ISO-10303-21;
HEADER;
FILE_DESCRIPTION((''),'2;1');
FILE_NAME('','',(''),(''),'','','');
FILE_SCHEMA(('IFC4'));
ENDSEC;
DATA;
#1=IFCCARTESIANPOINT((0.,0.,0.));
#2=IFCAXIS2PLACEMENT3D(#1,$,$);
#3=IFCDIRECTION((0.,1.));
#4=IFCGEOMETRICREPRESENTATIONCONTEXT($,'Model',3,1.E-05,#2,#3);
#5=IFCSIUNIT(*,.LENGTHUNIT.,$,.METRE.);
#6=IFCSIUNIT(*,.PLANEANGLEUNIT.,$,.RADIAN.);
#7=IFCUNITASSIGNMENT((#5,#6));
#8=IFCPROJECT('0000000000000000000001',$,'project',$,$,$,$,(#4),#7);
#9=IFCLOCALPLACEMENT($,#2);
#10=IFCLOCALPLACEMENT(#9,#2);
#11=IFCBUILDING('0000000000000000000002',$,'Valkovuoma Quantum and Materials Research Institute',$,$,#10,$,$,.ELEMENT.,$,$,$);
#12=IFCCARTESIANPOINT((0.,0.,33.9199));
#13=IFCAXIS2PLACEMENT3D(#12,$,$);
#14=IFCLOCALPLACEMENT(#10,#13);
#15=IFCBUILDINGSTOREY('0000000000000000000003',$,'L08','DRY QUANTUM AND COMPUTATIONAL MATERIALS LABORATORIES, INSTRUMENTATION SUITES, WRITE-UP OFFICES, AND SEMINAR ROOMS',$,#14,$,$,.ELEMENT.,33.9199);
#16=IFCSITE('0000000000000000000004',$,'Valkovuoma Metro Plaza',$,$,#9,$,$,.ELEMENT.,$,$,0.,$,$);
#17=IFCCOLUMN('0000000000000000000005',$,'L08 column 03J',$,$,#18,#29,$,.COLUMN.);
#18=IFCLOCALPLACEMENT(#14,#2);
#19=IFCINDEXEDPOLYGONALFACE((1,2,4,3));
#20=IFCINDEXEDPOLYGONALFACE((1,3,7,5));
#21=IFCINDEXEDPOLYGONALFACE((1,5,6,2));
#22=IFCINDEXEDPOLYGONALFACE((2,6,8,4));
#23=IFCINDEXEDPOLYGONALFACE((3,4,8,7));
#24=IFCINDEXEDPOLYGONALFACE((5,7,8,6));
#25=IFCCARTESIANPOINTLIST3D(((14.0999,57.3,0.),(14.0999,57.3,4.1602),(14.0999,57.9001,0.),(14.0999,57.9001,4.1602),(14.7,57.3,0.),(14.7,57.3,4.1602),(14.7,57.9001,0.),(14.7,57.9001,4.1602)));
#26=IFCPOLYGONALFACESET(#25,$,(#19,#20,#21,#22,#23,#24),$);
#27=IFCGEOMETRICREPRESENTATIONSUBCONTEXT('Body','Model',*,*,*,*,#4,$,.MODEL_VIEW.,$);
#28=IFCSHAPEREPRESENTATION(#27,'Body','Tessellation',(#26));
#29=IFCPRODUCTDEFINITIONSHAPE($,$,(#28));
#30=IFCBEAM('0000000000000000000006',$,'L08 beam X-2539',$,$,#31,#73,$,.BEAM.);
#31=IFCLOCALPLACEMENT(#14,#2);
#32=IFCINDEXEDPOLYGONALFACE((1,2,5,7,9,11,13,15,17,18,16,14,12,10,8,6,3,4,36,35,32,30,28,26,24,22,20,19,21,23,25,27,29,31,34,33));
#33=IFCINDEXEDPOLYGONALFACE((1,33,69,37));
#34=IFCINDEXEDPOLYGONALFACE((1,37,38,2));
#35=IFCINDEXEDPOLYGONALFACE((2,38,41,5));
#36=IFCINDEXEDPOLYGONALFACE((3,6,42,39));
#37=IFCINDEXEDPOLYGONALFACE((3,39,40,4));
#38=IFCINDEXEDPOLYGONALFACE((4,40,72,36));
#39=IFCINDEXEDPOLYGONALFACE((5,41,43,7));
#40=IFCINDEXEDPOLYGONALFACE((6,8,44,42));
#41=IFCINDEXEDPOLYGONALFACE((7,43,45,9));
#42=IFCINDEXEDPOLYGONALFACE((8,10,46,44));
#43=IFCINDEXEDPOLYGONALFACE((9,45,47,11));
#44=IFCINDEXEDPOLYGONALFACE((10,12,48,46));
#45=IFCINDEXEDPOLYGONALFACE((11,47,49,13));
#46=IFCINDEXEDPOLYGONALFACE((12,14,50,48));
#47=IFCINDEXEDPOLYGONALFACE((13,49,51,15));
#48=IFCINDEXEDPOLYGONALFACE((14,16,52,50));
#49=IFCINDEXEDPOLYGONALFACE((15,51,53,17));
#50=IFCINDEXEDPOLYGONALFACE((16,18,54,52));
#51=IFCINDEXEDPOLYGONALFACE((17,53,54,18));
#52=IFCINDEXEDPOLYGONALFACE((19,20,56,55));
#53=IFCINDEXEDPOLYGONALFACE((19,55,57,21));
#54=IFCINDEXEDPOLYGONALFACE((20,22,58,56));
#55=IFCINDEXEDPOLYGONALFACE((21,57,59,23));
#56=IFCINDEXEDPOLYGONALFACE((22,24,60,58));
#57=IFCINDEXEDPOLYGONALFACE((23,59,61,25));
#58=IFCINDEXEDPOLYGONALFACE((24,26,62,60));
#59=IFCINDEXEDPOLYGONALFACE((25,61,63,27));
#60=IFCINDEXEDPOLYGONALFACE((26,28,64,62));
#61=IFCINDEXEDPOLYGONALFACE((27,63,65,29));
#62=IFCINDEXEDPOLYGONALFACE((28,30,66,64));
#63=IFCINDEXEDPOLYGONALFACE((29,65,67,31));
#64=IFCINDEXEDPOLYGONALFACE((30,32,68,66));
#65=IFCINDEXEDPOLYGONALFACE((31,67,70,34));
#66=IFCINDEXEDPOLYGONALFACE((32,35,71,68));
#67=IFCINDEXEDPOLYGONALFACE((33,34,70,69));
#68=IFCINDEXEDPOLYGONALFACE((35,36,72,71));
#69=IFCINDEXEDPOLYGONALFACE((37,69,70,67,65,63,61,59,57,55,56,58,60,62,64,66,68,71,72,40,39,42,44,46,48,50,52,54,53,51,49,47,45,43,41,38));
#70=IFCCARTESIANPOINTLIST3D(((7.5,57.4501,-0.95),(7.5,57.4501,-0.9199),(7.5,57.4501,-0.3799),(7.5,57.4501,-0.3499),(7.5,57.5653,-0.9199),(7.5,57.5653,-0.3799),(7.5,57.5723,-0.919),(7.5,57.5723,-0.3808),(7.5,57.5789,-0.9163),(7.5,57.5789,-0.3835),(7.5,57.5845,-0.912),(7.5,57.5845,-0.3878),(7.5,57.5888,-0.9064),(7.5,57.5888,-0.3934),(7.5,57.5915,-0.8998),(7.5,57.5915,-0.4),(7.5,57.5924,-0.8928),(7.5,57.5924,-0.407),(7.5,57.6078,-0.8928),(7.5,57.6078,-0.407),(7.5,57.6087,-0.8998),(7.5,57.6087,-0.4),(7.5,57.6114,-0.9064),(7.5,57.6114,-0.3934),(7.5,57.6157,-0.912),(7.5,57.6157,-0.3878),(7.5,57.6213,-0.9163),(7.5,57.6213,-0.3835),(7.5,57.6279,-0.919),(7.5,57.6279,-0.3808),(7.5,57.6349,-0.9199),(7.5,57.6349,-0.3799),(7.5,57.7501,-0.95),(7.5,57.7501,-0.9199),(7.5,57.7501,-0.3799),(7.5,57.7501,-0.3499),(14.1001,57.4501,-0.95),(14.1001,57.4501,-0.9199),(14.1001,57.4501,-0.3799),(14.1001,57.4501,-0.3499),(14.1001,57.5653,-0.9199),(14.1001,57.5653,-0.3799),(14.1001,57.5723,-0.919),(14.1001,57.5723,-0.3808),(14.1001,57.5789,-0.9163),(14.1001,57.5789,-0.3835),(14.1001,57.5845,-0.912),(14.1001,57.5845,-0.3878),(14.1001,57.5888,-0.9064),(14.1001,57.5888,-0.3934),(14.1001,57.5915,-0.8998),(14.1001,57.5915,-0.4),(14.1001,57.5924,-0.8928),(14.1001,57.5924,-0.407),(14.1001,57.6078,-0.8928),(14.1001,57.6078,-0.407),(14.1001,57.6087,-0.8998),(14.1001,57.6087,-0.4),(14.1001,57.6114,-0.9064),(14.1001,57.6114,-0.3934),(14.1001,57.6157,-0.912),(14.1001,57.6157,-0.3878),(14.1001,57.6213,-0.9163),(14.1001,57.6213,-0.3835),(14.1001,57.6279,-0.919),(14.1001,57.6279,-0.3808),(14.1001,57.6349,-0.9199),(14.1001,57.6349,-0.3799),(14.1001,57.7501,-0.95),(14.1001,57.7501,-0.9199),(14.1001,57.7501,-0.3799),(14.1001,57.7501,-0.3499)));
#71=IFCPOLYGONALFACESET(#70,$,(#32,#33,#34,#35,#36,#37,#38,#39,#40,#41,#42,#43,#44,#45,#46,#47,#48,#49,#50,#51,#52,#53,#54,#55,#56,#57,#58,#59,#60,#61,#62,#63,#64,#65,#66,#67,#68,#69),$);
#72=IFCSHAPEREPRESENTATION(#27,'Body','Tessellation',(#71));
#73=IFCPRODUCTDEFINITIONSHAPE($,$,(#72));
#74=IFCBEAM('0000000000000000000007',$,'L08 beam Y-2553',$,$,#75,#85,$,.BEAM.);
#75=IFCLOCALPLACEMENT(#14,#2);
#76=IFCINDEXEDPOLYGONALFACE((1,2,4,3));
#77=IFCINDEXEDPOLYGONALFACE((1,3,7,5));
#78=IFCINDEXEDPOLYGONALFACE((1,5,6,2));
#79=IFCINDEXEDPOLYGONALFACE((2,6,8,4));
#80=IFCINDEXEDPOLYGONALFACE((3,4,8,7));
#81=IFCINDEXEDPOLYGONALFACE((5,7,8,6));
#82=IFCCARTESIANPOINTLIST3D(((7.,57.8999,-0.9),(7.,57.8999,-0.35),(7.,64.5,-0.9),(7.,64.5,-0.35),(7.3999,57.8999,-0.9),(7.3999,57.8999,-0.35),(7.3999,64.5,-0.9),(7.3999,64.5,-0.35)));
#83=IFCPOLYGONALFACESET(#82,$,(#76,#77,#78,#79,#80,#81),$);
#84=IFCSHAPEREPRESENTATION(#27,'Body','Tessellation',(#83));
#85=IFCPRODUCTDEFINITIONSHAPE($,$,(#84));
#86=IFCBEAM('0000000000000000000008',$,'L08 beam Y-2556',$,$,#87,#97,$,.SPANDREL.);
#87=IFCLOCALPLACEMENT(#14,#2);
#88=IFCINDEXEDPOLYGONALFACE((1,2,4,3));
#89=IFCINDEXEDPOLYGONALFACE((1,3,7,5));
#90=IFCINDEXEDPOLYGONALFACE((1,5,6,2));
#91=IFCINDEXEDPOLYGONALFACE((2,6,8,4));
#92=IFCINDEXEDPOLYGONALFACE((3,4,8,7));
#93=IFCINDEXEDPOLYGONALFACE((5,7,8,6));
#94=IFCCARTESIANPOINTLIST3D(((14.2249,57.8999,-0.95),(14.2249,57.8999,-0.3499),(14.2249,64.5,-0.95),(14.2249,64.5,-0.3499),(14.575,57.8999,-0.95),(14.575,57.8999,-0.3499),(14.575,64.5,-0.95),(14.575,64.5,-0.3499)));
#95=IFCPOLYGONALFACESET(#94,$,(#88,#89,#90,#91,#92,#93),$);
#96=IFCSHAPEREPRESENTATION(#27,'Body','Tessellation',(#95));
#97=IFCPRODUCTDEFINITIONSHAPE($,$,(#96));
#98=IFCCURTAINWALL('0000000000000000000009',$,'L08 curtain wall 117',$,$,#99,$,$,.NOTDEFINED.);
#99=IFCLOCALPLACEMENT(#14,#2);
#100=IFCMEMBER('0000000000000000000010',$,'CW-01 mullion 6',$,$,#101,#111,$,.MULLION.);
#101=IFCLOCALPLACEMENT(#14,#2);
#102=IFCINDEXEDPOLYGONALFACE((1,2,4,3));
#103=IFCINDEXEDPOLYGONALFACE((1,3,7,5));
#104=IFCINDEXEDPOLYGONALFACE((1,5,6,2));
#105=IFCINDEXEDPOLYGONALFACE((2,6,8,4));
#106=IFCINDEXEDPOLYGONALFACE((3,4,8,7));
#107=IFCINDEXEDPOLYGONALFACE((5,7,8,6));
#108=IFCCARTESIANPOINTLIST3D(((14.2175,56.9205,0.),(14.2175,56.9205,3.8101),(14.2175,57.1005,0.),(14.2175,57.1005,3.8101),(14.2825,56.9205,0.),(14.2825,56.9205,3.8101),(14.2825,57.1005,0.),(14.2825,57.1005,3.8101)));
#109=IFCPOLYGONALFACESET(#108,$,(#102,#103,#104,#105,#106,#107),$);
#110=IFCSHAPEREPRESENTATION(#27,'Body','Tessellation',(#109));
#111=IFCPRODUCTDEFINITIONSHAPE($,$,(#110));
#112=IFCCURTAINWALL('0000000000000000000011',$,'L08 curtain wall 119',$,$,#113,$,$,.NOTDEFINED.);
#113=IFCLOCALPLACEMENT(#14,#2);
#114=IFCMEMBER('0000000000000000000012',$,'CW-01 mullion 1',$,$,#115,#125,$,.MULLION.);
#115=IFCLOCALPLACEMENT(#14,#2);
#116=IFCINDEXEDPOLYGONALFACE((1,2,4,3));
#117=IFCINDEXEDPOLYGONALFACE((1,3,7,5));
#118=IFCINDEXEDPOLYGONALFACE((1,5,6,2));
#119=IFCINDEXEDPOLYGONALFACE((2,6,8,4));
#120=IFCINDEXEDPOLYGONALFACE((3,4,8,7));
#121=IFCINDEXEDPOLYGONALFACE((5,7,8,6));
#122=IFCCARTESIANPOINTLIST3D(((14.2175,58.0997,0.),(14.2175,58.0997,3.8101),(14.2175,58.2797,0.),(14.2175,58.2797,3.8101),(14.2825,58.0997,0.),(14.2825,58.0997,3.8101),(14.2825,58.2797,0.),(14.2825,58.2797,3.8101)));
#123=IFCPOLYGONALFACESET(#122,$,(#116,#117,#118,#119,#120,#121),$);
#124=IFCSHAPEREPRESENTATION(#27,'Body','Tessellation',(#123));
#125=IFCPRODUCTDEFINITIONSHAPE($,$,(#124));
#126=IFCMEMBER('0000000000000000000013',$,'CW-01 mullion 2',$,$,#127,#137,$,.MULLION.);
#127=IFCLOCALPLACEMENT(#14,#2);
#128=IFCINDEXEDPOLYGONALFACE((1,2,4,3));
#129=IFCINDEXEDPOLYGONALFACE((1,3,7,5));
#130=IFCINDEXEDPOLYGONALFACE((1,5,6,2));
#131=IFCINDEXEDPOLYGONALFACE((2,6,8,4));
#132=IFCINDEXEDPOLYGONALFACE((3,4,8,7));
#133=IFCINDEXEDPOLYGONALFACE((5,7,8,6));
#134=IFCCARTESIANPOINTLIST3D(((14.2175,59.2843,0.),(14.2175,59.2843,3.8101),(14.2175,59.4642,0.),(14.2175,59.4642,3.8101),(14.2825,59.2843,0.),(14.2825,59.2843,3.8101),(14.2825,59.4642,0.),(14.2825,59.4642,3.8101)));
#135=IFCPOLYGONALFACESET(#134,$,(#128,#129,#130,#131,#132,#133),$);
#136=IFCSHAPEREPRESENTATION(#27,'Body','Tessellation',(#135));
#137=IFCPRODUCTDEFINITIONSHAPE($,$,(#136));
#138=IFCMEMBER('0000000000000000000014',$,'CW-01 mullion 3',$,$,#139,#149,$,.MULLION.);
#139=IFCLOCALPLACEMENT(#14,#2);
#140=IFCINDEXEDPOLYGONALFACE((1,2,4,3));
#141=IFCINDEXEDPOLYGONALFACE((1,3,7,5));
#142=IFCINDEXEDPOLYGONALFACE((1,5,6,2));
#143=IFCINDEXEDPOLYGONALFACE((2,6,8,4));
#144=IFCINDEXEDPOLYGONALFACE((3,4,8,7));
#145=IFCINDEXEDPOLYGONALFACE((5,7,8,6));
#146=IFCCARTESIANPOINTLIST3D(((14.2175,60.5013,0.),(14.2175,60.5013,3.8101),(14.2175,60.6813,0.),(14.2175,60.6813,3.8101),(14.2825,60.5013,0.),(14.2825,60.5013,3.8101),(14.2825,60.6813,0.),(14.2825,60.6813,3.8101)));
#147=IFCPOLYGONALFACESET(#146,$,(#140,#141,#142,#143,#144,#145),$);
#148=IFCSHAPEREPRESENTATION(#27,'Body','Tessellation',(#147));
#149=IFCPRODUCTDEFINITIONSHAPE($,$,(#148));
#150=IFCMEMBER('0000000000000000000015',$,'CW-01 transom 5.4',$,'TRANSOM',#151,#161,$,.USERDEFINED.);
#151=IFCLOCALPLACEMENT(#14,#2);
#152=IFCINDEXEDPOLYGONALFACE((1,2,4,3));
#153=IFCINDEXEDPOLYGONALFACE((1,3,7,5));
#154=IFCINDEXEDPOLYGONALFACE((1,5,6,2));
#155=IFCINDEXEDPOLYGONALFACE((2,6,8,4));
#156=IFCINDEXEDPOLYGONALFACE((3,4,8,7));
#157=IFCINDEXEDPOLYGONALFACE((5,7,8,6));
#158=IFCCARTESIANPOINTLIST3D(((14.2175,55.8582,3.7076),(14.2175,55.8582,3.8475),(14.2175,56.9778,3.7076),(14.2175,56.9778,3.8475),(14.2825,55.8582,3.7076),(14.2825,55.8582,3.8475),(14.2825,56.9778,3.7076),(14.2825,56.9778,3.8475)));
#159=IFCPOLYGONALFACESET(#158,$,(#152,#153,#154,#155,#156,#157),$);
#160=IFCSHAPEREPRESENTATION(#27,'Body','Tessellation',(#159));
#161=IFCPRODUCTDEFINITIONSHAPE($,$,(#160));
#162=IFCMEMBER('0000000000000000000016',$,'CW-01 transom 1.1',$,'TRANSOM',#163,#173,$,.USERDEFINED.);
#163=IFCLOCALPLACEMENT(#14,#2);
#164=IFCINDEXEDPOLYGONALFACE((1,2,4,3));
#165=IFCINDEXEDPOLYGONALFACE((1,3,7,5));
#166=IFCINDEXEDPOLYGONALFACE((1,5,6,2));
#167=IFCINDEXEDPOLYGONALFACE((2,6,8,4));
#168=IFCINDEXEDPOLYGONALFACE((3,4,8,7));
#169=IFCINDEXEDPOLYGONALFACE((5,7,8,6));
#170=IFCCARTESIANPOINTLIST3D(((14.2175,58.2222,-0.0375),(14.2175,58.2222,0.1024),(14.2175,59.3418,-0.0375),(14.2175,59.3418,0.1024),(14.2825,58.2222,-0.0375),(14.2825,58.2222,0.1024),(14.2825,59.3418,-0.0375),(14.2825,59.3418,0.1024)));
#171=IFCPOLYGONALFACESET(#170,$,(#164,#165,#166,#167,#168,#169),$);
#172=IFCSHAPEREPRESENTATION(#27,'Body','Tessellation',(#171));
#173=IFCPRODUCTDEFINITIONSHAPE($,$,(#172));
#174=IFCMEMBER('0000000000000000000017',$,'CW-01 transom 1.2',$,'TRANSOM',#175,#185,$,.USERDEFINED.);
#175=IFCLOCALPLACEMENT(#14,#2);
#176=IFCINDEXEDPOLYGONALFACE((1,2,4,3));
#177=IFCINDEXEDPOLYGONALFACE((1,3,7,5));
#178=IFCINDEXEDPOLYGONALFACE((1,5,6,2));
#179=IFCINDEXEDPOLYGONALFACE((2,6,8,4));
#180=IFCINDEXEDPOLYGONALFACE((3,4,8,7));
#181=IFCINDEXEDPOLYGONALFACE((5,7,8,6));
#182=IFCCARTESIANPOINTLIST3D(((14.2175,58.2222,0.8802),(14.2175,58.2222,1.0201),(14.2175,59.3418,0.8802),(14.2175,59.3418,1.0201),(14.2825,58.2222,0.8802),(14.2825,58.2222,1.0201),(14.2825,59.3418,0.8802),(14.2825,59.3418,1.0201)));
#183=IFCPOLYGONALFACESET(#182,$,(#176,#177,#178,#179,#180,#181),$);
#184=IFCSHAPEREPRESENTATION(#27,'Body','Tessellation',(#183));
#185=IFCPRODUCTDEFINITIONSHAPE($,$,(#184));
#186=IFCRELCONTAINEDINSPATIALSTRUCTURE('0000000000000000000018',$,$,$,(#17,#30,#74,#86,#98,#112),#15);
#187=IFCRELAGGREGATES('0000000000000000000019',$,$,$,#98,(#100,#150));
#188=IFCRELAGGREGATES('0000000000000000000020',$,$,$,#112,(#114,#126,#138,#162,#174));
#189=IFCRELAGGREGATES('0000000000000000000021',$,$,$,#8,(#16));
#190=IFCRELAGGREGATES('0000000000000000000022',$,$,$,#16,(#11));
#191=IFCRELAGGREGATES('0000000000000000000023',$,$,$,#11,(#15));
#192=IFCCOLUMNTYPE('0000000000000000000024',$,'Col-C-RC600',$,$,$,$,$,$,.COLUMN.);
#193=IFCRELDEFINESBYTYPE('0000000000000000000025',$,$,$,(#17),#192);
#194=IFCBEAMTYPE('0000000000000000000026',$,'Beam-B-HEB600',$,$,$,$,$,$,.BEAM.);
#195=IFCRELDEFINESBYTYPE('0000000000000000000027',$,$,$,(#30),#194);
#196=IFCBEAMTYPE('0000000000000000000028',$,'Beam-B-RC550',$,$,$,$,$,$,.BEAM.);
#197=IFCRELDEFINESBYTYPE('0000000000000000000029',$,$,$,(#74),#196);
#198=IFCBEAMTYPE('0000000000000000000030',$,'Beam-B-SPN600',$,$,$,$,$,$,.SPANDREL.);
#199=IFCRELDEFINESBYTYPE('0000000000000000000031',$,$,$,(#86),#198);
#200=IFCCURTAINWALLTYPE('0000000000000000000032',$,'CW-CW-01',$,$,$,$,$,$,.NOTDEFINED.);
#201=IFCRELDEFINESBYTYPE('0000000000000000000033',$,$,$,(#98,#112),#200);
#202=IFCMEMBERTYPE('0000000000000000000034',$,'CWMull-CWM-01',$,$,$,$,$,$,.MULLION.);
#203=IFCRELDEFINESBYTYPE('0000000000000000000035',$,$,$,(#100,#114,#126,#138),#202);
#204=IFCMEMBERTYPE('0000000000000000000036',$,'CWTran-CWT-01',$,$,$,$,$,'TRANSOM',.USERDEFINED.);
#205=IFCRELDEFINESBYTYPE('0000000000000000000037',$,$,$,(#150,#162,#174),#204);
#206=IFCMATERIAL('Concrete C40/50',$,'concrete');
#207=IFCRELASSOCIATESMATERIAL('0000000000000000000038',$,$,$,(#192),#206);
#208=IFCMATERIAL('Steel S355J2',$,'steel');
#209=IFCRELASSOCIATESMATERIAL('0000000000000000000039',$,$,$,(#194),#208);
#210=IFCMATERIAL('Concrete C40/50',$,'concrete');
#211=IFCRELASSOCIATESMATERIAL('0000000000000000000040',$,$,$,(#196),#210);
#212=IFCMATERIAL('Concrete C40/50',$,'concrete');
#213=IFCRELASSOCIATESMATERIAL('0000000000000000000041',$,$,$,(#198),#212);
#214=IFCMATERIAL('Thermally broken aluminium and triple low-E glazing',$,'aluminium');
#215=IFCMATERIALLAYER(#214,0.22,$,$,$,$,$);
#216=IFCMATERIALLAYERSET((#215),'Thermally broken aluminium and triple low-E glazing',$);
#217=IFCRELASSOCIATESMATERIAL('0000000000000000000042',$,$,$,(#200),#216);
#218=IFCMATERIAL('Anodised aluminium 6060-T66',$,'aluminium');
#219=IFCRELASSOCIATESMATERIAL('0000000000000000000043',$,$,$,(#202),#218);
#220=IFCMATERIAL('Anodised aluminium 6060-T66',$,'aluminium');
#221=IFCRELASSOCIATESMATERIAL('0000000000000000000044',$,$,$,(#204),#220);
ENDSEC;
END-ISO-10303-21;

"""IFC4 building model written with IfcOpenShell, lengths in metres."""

from ifc_helpers import new_model, si_unit, direction, frame, origin, origin_2d, place, context, subcontext, project, spatial, rectangle, i_section, extrude, material, layer, layer_set, material_profile, profile_set, type_object, element, aggregate, save


model = new_model("IFC4")

# Units and contexts
model_context = context("Model", 3, precision=1e-05, world=origin(), true_north=direction((0.0, 1.0)))
body_context = subcontext(model_context, "Body", "Model", "MODEL_VIEW")
ifc_project = project(units=[si_unit("LENGTHUNIT", "METRE"), si_unit("PLANEANGLEUNIT", "RADIAN")], contexts=[model_context])

# Site, building, storey
site_placement = place(None, origin())
site = spatial("IfcSite", under=ifc_project, at=site_placement, Name="Valkovuoma Metro Plaza", CompositionType="ELEMENT", RefElevation=0.0)
building_placement = place(site_placement, origin())
building = spatial("IfcBuilding", under=site, at=building_placement, Name="Valkovuoma Quantum and Materials Research Institute", CompositionType="ELEMENT")
storey_placement = place(building_placement, frame((0.0, 0.0, 33.9199)))
storey = spatial("IfcBuildingStorey", under=building, at=storey_placement, Name="L08", Description="DRY QUANTUM AND COMPUTATIONAL MATERIALS LABORATORIES, INSTRUMENTATION SUITES, WRITE-UP OFFICES, AND SEMINAR ROOMS", CompositionType="ELEMENT", Elevation=33.9199)

# Column
ifc_material_1 = material(Name="Concrete C40/50", Category="concrete")
ifc_material_profile_1 = material_profile(ifc_material_1, rectangle(XDim=0.6001, YDim=0.6001, at=origin_2d()), Name="Concrete C40/50")
ifc_profile_set_1 = profile_set([ifc_material_profile_1], Name="Concrete C40/50")
column_type = type_object("IfcColumnType", Name="Col-C-RC600", PredefinedType="COLUMN", material=ifc_profile_set_1)
column_placement = place(storey_placement, frame((14.3999, 57.6001, 0.0), z_axis=(0.0, 0.0, 1.0), x_axis=(1.0, 0.0, 0.0)))
element("IfcColumn", 1, at=column_placement, inside=storey, type_object=column_type, Name="L08 column 03J", PredefinedType="COLUMN", context=body_context, shape_type="SweptSolid", body=[
    extrude(rectangle(XDim=0.6001, YDim=0.6001, at=origin_2d()), origin(), (0.0, 0.0, 1.0), 4.1602),
])

# Beams
ifc_material_2 = material(Name="Steel S355J2", Category="steel")
ifc_material_profile_2 = material_profile(ifc_material_2, i_section(OverallWidth=0.3, OverallDepth=0.6001, WebThickness=0.0154, FlangeThickness=0.03, FilletRadius=0.0271, at=origin_2d()), Name="Steel S355J2")
ifc_profile_set_2 = profile_set([ifc_material_profile_2], Name="Steel S355J2")
beam_type_1 = type_object("IfcBeamType", Name="Beam-B-HEB600", PredefinedType="BEAM", material=ifc_profile_set_2)
beam_1_placement = place(storey_placement, frame((7.5, 57.6001, -0.6499), z_axis=(1.0, 0.0, 0.0), x_axis=(0.0, 1.0, 0.0)))
element("IfcBeam", 2, at=beam_1_placement, inside=storey, type_object=beam_type_1, Name="L08 beam X-2539", PredefinedType="BEAM", context=body_context, shape_type="SweptSolid", body=[
    extrude(i_section(OverallWidth=0.3, OverallDepth=0.6001, WebThickness=0.0154, FlangeThickness=0.03, FilletRadius=0.0271, at=origin_2d()), origin(), (0.0, 0.0, 1.0), 6.6001),
])
ifc_material_3 = material(Name="Concrete C40/50", Category="concrete")
ifc_material_profile_3 = material_profile(ifc_material_3, rectangle(XDim=0.3999, YDim=0.55, at=origin_2d()), Name="Concrete C40/50")
ifc_profile_set_3 = profile_set([ifc_material_profile_3], Name="Concrete C40/50")
beam_type_2 = type_object("IfcBeamType", Name="Beam-B-RC550", PredefinedType="BEAM", material=ifc_profile_set_3)
beam_2_placement = place(storey_placement, frame((7.2, 57.8999, -0.625), z_axis=(0.0, 1.0, 0.0), x_axis=(-1.0, 0.0, 0.0)))
element("IfcBeam", 3, at=beam_2_placement, inside=storey, type_object=beam_type_2, Name="L08 beam Y-2553", PredefinedType="BEAM", context=body_context, shape_type="SweptSolid", body=[
    extrude(rectangle(XDim=0.3999, YDim=0.55, at=origin_2d()), origin(), (0.0, 0.0, 1.0), 6.6001),
])
ifc_material_4 = material(Name="Concrete C40/50", Category="concrete")
ifc_material_profile_4 = material_profile(ifc_material_4, rectangle(XDim=0.3501, YDim=0.6001, at=origin_2d()), Name="Concrete C40/50")
ifc_profile_set_4 = profile_set([ifc_material_profile_4], Name="Concrete C40/50")
beam_type_3 = type_object("IfcBeamType", Name="Beam-B-SPN600", PredefinedType="SPANDREL", material=ifc_profile_set_4)
beam_3_placement = place(storey_placement, frame((14.3999, 57.8999, -0.6499), z_axis=(0.0, 1.0, 0.0), x_axis=(-1.0, 0.0, 0.0)))
element("IfcBeam", 4, at=beam_3_placement, inside=storey, type_object=beam_type_3, Name="L08 beam Y-2556", PredefinedType="SPANDREL", context=body_context, shape_type="SweptSolid", body=[
    extrude(rectangle(XDim=0.3501, YDim=0.6001, at=origin_2d()), origin(), (0.0, 0.0, 1.0), 6.6001),
])

# Curtain wall, member
ifc_material_5 = material(Name="Thermally broken aluminium and triple low-E glazing", Category="aluminium")
ifc_layer_1 = layer(ifc_material_5, 0.22)
ifc_layer_set_1 = layer_set([ifc_layer_1], Name="Thermally broken aluminium and triple low-E glazing")
curtain_wall_type = type_object("IfcCurtainWallType", Name="CW-CW-01", PredefinedType="NOTDEFINED", material=ifc_layer_set_1)
curtain_wall_1_placement = place(storey_placement, origin())
curtain_wall_1 = element("IfcCurtainWall", 5, at=curtain_wall_1_placement, inside=storey, type_object=curtain_wall_type, Name="L08 curtain wall 117", PredefinedType="NOTDEFINED")
ifc_material_6 = material(Name="Anodised aluminium 6060-T66", Category="aluminium")
ifc_material_profile_5 = material_profile(ifc_material_6, rectangle(XDim=0.0649, YDim=0.1799, at=origin_2d()), Name="Anodised aluminium 6060-T66")
ifc_profile_set_5 = profile_set([ifc_material_profile_5], Name="Anodised aluminium 6060-T66")
member_type_1 = type_object("IfcMemberType", Name="CWMull-CWM-01", PredefinedType="MULLION", material=ifc_profile_set_5)
member_1_placement = place(storey_placement, frame((14.25, 57.0105, 0.0), z_axis=(0.0, 0.0, 1.0), x_axis=(-1.0, 0.0, 0.0)))
member_1 = element("IfcMember", 6, at=member_1_placement, type_object=member_type_1, Name="CW-01 mullion 6", PredefinedType="MULLION", context=body_context, shape_type="SweptSolid", body=[
    extrude(rectangle(XDim=0.0649, YDim=0.1799, at=origin_2d()), origin(), (0.0, 0.0, 1.0), 3.8101),
])

# Curtain wall, members
curtain_wall_2_placement = place(storey_placement, origin())
curtain_wall_2 = element("IfcCurtainWall", 7, at=curtain_wall_2_placement, inside=storey, type_object=curtain_wall_type, Name="L08 curtain wall 119", PredefinedType="NOTDEFINED")
member_2_placement = place(storey_placement, frame((14.25, 58.1897, 0.0), z_axis=(0.0, 0.0, 1.0), x_axis=(-1.0, 0.0, 0.0)))
member_2 = element("IfcMember", 8, at=member_2_placement, type_object=member_type_1, Name="CW-01 mullion 1", PredefinedType="MULLION", context=body_context, shape_type="SweptSolid", body=[
    extrude(rectangle(XDim=0.0649, YDim=0.1799, at=origin_2d()), origin(), (0.0, 0.0, 1.0), 3.8101),
])
member_3_placement = place(storey_placement, frame((14.25, 59.3743, 0.0), z_axis=(0.0, 0.0, 1.0), x_axis=(-1.0, 0.0, 0.0)))
member_3 = element("IfcMember", 9, at=member_3_placement, type_object=member_type_1, Name="CW-01 mullion 2", PredefinedType="MULLION", context=body_context, shape_type="SweptSolid", body=[
    extrude(rectangle(XDim=0.0649, YDim=0.1799, at=origin_2d()), origin(), (0.0, 0.0, 1.0), 3.8101),
])
member_4_placement = place(storey_placement, frame((14.25, 60.5913, 0.0), z_axis=(0.0, 0.0, 1.0), x_axis=(-1.0, 0.0, 0.0)))
member_4 = element("IfcMember", 10, at=member_4_placement, type_object=member_type_1, Name="CW-01 mullion 3", PredefinedType="MULLION", context=body_context, shape_type="SweptSolid", body=[
    extrude(rectangle(XDim=0.0649, YDim=0.1799, at=origin_2d()), origin(), (0.0, 0.0, 1.0), 3.8101),
])

# Members
ifc_material_7 = material(Name="Anodised aluminium 6060-T66", Category="aluminium")
ifc_material_profile_6 = material_profile(ifc_material_7, rectangle(XDim=0.0649, YDim=0.1399, at=origin_2d()), Name="Anodised aluminium 6060-T66")
ifc_profile_set_6 = profile_set([ifc_material_profile_6], Name="Anodised aluminium 6060-T66")
member_type_2 = type_object("IfcMemberType", Name="CWTran-CWT-01", ElementType="TRANSOM", PredefinedType="USERDEFINED", material=ifc_profile_set_6)
member_5_placement = place(storey_placement, frame((14.25, 55.8582, 3.7776), z_axis=(0.0, 1.0, 0.0), x_axis=(-1.0, 0.0, 0.0)))
member_5 = element("IfcMember", 11, at=member_5_placement, type_object=member_type_2, Name="CW-01 transom 5.4", ObjectType="TRANSOM", PredefinedType="USERDEFINED", context=body_context, shape_type="SweptSolid", body=[
    extrude(rectangle(XDim=0.0649, YDim=0.1399, at=origin_2d()), origin(), (0.0, 0.0, 1.0), 1.1196),
])
member_6_placement = place(storey_placement, frame((14.25, 58.2222, 0.0325), z_axis=(0.0, 1.0, 0.0), x_axis=(-1.0, 0.0, 0.0)))
member_6 = element("IfcMember", 12, at=member_6_placement, type_object=member_type_2, Name="CW-01 transom 1.1", ObjectType="TRANSOM", PredefinedType="USERDEFINED", context=body_context, shape_type="SweptSolid", body=[
    extrude(rectangle(XDim=0.0649, YDim=0.1399, at=origin_2d()), origin(), (0.0, 0.0, 1.0), 1.1196),
])
member_7_placement = place(storey_placement, frame((14.25, 58.2222, 0.9502), z_axis=(0.0, 1.0, 0.0), x_axis=(-1.0, 0.0, 0.0)))
member_7 = element("IfcMember", 13, at=member_7_placement, type_object=member_type_2, Name="CW-01 transom 1.2", ObjectType="TRANSOM", PredefinedType="USERDEFINED", context=body_context, shape_type="SweptSolid", body=[
    extrude(rectangle(XDim=0.0649, YDim=0.1399, at=origin_2d()), origin(), (0.0, 0.0, 1.0), 1.1196),
])

aggregate(curtain_wall_1, [member_1, member_5])
aggregate(curtain_wall_2, [member_2, member_3, member_4, member_6, member_7])

save(model, "model.ifc")
